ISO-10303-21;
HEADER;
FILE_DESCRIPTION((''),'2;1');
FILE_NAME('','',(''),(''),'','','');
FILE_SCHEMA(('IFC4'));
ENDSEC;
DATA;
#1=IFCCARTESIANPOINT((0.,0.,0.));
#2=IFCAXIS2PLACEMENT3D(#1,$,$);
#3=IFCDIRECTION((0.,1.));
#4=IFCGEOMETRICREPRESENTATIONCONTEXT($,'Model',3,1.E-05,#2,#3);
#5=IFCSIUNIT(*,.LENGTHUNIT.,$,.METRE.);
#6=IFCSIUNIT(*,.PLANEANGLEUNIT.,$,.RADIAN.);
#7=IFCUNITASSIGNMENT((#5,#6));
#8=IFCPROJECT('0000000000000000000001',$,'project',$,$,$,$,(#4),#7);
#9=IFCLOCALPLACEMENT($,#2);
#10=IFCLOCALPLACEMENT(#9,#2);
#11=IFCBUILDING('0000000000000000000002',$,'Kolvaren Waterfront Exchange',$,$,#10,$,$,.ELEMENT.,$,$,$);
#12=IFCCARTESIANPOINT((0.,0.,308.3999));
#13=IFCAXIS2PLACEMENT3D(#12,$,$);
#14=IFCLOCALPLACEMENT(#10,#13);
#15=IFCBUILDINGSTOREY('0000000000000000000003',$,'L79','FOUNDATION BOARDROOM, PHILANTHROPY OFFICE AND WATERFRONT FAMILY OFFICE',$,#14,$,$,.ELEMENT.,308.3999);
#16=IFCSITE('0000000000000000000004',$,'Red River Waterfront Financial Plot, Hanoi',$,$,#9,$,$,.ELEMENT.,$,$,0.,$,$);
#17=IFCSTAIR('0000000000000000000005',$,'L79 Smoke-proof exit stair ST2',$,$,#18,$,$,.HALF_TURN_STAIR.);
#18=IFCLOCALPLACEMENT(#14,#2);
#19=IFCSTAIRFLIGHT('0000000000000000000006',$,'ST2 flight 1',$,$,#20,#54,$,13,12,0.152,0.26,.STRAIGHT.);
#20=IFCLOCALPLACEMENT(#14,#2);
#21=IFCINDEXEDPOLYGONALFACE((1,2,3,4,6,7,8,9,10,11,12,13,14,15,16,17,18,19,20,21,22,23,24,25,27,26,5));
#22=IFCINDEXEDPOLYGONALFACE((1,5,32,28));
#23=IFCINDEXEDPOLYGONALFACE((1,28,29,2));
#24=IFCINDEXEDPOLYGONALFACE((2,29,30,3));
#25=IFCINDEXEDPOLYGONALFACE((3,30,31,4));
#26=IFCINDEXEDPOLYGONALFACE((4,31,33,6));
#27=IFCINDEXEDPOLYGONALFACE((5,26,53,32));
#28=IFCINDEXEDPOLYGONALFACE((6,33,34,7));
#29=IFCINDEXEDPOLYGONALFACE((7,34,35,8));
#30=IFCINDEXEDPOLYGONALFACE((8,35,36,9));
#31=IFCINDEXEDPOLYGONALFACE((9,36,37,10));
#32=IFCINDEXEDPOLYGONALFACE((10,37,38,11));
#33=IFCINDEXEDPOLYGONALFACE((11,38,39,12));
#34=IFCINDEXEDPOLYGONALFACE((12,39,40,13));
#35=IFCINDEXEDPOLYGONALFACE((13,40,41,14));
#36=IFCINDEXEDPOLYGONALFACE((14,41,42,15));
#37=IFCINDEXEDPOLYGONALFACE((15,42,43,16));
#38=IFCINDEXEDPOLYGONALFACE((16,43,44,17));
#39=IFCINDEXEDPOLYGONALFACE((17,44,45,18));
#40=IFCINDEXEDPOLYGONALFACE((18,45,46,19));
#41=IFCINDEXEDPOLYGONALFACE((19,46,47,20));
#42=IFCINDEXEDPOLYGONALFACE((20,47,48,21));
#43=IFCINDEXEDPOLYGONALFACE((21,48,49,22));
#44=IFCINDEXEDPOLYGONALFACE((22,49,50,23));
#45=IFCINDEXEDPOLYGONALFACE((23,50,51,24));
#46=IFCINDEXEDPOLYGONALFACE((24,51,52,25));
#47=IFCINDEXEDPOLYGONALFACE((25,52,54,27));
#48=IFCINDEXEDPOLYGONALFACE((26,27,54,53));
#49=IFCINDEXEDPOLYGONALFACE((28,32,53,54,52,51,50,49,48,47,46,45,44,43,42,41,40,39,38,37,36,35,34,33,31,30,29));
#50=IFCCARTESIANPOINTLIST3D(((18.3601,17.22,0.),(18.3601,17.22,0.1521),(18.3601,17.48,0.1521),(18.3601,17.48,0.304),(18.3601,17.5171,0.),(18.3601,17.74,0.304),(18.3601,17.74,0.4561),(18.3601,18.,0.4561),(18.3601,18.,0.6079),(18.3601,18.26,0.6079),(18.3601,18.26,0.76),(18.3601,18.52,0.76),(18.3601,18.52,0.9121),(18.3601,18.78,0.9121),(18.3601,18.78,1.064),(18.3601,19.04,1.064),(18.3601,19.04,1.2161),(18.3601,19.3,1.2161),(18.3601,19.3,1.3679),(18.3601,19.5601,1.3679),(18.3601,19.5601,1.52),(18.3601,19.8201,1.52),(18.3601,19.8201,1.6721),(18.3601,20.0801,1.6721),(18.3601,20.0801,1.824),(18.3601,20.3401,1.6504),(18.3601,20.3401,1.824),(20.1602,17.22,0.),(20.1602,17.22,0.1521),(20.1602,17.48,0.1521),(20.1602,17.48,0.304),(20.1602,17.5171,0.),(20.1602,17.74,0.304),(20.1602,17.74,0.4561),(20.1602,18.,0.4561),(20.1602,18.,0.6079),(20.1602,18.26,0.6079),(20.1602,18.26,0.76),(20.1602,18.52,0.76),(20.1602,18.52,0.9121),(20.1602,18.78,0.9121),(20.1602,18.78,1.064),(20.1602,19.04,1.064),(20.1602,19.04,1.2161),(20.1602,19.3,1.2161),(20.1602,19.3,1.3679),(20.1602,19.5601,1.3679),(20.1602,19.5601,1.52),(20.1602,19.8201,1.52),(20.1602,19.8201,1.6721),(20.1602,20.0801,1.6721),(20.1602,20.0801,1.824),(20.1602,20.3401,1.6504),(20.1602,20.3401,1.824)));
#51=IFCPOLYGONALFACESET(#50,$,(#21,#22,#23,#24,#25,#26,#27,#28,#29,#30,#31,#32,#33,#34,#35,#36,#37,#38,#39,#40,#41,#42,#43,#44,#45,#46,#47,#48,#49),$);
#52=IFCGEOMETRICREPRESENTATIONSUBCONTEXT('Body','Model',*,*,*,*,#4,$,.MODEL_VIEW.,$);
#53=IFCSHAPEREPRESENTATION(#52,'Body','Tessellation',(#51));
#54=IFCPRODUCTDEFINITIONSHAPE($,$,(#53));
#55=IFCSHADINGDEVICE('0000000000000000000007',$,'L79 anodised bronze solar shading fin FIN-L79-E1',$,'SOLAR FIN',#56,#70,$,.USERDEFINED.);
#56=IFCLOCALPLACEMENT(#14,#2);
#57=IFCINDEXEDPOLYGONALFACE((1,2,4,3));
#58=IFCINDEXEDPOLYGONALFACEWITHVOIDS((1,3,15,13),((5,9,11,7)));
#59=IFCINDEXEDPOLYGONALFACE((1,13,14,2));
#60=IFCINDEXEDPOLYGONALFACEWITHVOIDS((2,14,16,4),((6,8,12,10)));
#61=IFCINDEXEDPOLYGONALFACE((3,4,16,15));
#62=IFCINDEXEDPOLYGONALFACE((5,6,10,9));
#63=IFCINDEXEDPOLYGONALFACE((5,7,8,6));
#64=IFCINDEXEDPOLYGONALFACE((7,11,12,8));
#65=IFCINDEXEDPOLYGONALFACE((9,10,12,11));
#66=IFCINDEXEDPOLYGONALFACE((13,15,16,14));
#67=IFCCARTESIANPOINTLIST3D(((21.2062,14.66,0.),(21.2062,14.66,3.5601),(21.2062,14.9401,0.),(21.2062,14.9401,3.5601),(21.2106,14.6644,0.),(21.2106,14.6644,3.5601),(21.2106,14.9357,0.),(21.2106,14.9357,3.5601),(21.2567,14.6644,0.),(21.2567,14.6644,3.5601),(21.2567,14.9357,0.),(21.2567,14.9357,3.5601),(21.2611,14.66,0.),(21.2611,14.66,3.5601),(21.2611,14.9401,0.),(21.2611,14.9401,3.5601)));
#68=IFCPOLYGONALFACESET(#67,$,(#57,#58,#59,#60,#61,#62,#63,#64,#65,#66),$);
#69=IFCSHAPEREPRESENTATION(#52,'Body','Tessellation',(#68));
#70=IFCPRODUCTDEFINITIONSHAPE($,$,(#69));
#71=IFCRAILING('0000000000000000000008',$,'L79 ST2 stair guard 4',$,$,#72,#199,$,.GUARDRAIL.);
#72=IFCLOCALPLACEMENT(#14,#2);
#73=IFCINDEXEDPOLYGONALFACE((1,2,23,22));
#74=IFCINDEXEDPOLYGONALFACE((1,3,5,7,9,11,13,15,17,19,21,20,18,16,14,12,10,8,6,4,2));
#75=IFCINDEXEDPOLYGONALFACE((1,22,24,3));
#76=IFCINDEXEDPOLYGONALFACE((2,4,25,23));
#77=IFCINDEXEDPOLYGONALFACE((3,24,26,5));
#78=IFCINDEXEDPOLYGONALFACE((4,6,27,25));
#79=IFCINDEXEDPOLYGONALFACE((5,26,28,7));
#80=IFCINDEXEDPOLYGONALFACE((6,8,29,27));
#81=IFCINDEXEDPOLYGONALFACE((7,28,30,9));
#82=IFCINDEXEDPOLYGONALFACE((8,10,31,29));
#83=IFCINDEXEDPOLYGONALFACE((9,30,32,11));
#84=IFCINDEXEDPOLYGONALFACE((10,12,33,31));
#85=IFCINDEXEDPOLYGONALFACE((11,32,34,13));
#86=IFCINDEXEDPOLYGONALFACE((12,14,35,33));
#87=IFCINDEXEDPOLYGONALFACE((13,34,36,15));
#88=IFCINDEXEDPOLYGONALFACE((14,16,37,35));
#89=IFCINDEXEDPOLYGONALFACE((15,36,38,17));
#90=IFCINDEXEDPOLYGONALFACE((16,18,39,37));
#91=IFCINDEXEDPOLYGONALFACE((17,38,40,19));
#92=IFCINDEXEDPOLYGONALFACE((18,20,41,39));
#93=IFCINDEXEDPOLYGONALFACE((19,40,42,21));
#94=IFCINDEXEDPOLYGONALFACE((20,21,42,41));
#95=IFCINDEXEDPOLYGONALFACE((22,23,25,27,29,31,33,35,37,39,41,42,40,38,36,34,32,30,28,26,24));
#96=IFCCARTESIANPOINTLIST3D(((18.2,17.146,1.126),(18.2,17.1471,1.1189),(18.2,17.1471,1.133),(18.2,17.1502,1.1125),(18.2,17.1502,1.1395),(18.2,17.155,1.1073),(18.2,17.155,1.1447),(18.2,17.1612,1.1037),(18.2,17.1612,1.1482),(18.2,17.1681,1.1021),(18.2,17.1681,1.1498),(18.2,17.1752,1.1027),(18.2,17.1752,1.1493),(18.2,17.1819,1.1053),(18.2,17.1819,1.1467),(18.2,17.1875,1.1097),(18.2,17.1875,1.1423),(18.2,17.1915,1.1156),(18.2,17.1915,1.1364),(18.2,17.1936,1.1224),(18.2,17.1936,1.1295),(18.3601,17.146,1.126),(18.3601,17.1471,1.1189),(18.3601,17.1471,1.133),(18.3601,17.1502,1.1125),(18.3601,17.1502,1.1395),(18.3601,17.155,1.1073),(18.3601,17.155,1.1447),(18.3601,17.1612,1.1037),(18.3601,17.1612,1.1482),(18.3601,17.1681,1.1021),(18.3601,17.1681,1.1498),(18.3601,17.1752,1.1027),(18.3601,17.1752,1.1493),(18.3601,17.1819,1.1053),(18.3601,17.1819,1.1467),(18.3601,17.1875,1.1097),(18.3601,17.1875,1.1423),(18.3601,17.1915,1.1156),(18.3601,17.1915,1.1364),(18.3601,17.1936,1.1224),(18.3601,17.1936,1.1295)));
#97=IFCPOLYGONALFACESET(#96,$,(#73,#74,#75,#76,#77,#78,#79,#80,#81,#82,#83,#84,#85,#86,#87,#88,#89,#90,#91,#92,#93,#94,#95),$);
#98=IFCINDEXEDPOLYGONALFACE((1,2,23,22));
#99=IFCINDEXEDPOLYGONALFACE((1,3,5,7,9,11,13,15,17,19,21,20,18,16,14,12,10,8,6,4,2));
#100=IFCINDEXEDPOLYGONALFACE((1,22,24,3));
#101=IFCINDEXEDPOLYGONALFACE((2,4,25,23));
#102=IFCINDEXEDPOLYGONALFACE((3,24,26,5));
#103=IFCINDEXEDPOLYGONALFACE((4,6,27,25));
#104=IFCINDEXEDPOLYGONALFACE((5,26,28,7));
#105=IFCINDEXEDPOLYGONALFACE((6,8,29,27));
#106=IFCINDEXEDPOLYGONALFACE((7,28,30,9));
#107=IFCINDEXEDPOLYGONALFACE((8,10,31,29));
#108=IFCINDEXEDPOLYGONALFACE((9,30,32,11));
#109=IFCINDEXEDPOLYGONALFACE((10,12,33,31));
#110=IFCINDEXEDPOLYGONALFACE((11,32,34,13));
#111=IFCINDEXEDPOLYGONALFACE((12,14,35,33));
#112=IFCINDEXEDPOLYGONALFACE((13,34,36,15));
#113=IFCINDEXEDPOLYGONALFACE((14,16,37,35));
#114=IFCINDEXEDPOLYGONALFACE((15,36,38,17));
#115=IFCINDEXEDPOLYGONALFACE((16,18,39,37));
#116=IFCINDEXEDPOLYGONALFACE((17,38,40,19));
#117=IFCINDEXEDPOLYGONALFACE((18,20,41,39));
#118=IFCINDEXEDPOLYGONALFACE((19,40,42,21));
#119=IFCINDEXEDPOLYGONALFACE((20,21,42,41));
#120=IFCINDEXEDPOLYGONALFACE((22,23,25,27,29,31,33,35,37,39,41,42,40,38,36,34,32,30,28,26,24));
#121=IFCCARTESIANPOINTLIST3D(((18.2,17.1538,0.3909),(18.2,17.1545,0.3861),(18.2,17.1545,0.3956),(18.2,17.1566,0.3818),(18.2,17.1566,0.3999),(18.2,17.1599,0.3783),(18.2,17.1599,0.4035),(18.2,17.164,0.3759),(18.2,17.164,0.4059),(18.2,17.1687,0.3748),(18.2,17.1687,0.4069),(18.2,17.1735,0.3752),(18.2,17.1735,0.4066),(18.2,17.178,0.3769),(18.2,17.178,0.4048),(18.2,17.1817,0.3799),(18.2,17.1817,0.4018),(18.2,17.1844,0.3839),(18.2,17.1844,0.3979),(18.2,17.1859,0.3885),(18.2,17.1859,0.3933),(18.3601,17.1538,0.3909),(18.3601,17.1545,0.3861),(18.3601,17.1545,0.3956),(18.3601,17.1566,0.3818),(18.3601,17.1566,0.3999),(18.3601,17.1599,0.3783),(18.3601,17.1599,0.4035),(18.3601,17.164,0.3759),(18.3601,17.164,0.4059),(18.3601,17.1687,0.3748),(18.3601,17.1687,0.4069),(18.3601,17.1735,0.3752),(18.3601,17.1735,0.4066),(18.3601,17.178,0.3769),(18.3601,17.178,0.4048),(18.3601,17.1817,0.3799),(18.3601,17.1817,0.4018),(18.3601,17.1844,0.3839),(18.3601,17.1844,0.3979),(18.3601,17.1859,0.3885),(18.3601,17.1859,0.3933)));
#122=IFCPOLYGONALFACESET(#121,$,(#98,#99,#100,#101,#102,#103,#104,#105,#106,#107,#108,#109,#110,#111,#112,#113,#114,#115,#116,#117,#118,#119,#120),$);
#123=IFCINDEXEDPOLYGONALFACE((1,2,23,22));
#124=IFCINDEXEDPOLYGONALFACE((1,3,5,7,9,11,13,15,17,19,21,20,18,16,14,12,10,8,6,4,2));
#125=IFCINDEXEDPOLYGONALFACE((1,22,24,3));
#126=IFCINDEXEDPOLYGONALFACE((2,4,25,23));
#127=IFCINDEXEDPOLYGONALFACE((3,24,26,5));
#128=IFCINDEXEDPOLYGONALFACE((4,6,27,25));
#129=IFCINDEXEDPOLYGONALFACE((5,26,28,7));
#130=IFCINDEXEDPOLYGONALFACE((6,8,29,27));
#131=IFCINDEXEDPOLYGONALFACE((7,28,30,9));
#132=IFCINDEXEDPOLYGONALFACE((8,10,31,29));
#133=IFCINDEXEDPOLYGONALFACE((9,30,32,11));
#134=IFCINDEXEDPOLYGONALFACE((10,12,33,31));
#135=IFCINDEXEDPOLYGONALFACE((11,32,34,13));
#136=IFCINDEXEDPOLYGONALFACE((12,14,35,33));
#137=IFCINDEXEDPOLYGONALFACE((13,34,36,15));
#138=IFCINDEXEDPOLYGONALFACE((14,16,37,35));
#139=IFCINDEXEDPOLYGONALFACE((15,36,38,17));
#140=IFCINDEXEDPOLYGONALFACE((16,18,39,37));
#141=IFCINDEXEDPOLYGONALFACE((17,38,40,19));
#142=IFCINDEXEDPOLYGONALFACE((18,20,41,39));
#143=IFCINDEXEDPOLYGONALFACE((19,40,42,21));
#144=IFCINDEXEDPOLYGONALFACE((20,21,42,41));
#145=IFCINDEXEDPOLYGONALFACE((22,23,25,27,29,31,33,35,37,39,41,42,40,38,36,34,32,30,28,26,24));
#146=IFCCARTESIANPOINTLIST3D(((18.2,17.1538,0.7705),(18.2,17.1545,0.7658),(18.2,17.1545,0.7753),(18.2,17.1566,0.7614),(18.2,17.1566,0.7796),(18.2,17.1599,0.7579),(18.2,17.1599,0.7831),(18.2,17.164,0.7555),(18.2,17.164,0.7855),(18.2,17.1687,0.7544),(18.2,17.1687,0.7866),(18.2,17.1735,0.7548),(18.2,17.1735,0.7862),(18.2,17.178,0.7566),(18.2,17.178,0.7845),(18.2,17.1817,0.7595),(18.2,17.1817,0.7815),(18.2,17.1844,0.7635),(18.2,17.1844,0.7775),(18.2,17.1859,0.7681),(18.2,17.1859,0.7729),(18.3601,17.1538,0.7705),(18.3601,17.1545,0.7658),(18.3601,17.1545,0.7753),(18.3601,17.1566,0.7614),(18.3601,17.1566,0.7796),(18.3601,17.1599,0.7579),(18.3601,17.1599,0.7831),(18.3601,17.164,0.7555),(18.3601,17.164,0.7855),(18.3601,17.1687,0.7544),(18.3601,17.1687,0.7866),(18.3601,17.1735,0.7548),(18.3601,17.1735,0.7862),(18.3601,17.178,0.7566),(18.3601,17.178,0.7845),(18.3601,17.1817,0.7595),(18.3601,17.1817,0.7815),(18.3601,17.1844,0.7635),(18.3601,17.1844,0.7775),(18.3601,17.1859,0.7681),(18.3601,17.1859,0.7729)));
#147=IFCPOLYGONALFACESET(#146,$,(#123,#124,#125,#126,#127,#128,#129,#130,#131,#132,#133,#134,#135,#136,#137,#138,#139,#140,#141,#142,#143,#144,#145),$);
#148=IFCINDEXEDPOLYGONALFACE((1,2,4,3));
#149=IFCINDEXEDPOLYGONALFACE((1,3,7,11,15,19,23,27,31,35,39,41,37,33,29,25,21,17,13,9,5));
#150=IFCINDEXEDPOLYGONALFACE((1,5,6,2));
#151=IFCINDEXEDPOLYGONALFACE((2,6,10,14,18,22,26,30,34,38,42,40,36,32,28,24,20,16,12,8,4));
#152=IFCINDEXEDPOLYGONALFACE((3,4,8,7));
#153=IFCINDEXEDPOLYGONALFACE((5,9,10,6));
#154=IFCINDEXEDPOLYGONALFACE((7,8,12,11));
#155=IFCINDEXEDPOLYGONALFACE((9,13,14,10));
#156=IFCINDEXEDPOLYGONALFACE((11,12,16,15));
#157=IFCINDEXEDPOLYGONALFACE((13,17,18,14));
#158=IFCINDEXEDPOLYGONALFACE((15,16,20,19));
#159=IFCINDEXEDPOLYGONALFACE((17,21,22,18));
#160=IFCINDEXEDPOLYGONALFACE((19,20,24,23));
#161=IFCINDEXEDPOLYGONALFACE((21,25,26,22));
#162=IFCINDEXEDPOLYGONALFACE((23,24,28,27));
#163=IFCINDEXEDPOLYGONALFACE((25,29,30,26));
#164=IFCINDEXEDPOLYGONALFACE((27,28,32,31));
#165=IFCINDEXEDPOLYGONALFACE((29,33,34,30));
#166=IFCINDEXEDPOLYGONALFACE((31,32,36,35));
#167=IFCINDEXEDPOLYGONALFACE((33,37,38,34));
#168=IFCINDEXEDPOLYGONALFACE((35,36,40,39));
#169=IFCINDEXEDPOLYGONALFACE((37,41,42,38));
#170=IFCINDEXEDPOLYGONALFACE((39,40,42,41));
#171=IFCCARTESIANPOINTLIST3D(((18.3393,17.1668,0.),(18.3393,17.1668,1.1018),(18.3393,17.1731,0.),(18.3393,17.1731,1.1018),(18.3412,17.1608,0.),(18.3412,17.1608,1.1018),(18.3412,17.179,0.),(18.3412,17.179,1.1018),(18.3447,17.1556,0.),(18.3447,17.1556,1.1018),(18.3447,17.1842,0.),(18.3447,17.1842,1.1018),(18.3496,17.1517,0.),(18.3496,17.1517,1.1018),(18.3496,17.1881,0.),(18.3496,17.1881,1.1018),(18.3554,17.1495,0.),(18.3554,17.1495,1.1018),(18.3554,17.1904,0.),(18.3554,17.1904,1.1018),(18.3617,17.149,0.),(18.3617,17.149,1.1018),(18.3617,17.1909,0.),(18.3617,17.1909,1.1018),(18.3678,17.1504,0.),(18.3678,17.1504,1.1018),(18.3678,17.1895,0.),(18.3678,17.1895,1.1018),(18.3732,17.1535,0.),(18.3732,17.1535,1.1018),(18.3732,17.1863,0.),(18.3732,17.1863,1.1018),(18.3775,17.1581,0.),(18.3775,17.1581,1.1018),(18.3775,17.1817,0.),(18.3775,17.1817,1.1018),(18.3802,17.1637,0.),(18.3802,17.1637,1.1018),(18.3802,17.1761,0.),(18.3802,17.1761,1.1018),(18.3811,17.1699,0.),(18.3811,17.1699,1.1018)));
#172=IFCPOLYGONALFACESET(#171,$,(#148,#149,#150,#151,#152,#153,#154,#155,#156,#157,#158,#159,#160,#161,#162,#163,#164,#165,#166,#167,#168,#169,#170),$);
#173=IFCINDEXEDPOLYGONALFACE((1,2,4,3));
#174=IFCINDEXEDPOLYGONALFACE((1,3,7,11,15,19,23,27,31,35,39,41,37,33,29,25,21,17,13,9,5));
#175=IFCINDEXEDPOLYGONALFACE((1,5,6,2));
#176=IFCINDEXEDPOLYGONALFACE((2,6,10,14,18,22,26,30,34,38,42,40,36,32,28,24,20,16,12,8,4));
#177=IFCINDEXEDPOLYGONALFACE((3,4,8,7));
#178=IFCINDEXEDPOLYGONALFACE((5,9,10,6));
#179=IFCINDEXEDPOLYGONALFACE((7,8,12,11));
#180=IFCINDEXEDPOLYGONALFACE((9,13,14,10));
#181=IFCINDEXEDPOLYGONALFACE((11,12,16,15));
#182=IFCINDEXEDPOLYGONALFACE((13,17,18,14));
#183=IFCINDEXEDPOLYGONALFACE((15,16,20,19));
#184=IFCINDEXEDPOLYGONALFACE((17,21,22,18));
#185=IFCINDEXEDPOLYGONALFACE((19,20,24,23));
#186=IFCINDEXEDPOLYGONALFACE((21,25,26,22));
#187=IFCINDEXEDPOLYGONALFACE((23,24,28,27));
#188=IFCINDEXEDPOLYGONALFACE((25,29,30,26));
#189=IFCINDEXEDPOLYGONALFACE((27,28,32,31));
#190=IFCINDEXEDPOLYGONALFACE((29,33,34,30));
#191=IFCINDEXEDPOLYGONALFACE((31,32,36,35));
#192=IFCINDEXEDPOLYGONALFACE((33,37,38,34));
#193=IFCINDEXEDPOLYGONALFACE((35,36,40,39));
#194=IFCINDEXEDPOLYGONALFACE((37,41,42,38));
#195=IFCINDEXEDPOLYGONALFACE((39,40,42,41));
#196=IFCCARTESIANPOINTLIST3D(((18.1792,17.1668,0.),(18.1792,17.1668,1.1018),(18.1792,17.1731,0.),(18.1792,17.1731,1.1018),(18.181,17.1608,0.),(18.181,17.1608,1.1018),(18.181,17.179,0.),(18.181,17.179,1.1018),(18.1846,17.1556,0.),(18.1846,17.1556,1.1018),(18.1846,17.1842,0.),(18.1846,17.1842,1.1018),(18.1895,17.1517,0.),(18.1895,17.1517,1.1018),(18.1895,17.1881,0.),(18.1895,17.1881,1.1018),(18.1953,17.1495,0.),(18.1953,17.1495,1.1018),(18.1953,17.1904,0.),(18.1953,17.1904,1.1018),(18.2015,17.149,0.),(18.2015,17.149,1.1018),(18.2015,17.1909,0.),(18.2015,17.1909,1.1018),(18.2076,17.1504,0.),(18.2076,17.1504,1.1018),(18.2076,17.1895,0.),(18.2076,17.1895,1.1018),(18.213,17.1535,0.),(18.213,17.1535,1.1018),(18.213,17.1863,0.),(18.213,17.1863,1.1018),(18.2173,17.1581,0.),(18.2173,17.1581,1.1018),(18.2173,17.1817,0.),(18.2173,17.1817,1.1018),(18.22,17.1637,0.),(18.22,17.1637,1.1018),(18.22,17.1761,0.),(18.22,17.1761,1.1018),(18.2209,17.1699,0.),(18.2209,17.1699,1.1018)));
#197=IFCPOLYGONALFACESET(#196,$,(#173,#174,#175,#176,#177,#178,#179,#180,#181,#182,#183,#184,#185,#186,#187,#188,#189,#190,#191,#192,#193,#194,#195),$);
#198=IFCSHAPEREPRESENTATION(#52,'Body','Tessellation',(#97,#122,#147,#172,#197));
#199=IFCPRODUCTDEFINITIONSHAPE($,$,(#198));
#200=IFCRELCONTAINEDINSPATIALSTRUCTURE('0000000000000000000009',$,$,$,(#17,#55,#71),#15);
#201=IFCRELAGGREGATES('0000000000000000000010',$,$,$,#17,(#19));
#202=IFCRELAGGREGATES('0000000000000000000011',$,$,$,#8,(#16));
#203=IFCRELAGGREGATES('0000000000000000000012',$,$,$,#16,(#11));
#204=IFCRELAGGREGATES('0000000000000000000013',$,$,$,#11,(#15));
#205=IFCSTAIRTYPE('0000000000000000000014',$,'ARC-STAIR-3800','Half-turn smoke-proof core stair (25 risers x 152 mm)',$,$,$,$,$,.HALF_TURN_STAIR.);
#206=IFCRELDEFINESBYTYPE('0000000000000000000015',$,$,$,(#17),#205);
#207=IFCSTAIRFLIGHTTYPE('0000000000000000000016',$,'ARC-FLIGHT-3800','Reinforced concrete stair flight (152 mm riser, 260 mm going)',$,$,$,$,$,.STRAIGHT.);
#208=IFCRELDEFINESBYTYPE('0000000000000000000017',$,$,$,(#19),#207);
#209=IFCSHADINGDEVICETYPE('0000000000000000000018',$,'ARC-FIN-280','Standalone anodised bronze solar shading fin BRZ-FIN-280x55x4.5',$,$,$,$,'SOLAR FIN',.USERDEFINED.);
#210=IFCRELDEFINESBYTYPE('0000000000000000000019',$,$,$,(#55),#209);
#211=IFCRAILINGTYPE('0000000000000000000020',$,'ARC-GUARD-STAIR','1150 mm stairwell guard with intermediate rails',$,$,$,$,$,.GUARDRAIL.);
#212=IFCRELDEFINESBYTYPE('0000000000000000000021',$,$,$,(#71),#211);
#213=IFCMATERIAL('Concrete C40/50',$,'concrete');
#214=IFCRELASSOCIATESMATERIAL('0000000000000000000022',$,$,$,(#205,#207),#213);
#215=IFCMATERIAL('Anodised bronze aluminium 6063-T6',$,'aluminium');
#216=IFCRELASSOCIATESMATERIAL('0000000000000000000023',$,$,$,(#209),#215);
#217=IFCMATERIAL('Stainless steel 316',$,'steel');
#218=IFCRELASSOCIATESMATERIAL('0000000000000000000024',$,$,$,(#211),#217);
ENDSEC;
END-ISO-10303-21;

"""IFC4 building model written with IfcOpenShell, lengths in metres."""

from ifc_helpers import new_model, si_unit, direction, frame, origin, origin_2d, place, context, subcontext, project, spatial, polyline, hollow_rectangle, circle, outline, extrude, material, material_profile, profile_set, type_object, element, aggregate, save


model = new_model("IFC4")

# Units and contexts
model_context = context("Model", 3, precision=1e-05, world=origin(), true_north=direction((0.0, 1.0)))
body_context = subcontext(model_context, "Body", "Model", "MODEL_VIEW")
ifc_project = project(units=[si_unit("LENGTHUNIT", "METRE"), si_unit("PLANEANGLEUNIT", "RADIAN")], contexts=[model_context])

# Site, building, storey
site_placement = place(None, origin())
site = spatial("IfcSite", under=ifc_project, at=site_placement, Name="Red River Waterfront Financial Plot, Hanoi", CompositionType="ELEMENT", RefElevation=0.0)
building_placement = place(site_placement, origin())
building = spatial("IfcBuilding", under=site, at=building_placement, Name="Kolvaren Waterfront Exchange", CompositionType="ELEMENT")
storey_placement = place(building_placement, frame((0.0, 0.0, 308.3999)))
storey = spatial("IfcBuildingStorey", under=building, at=storey_placement, Name="L79", Description="FOUNDATION BOARDROOM, PHILANTHROPY OFFICE AND WATERFRONT FAMILY OFFICE", CompositionType="ELEMENT", Elevation=308.3999)

# Shared definitions
ifc_material_1 = material(Name="Concrete C40/50", Category="concrete")

# Stair, stair flight
stair_type = type_object("IfcStairType", Name="ARC-STAIR-3800", Description="Half-turn smoke-proof core stair (25 risers x 152 mm)", PredefinedType="HALF_TURN_STAIR", material=ifc_material_1)
stair_placement = place(storey_placement, origin())
stair = element("IfcStair", 1, at=stair_placement, inside=storey, type_object=stair_type, Name="L79 Smoke-proof exit stair ST2", PredefinedType="HALF_TURN_STAIR")
stair_flight_type = type_object("IfcStairFlightType", Name="ARC-FLIGHT-3800", Description="Reinforced concrete stair flight (152 mm riser, 260 mm going)", PredefinedType="STRAIGHT", material=ifc_material_1)
stair_flight_placement = place(storey_placement, frame((19.26, 17.22, 0.0), z_axis=(0.0, 0.0, 1.0), x_axis=(0.0, 1.0, 0.0)))
stair_flight = element("IfcStairFlight", 2, at=stair_flight_placement, type_object=stair_flight_type, Name="ST2 flight 1", NumberOfRisers=13, NumberOfTreads=12, PredefinedType="STRAIGHT", RiserHeight=0.152, TreadLength=0.26, context=body_context, shape_type="SweptSolid", body=[
    extrude(outline(polyline([(0.0, 0.0), (0.0, 0.1521), (0.26, 0.1521), (0.26, 0.304), (0.52, 0.304), (0.52, 0.4561), (0.78, 0.4561), (0.78, 0.6079), (1.04, 0.6079), (1.04, 0.76), (1.3, 0.76), (1.3, 0.9121), (1.5601, 0.9121), (1.5601, 1.064), (1.8201, 1.064), (1.8201, 1.2161), (2.0801, 1.2161), (2.0801, 1.3679), (2.3401, 1.3679), (2.3401, 1.52), (2.6001, 1.52), (2.6001, 1.6721), (2.8601, 1.6721), (2.8601, 1.824), (3.1201, 1.824), (3.1201, 1.9761), (3.1201, 1.6504), (0.2971, 0.0), (0.0, 0.0)])), frame((0.0, 0.8999, 0.0), z_axis=(0.0, -1.0, 0.0), x_axis=(1.0, 0.0, 0.0)), (0.0, 0.0, 1.0), 1.8),
])
aggregate(stair, [stair_flight])

# Shading device
ifc_material_2 = material(Name="Anodised bronze aluminium 6063-T6", Category="aluminium")
ifc_material_profile_1 = material_profile(ifc_material_2, hollow_rectangle(XDim=0.0549, YDim=0.28, WallThickness=0.0044, at=origin_2d()), Name="BRZ-FIN-280x55x4.5")
ifc_profile_set_1 = profile_set([ifc_material_profile_1], Name="Anodised bronze aluminium 6063-T6")
shading_device_type = type_object("IfcShadingDeviceType", Name="ARC-FIN-280", Description="Standalone anodised bronze solar shading fin BRZ-FIN-280x55x4.5", ElementType="SOLAR FIN", PredefinedType="USERDEFINED", material=ifc_profile_set_1)
shading_device_placement = place(storey_placement, frame((21.2336, 14.8, 0.0), z_axis=(0.0, 0.0, 1.0), x_axis=(1.0, 0.0, 0.0)))
element("IfcShadingDevice", 3, at=shading_device_placement, inside=storey, type_object=shading_device_type, Name="L79 anodised bronze solar shading fin FIN-L79-E1", ObjectType="SOLAR FIN", PredefinedType="USERDEFINED", context=body_context, shape_type="SweptSolid", body=[
    extrude(hollow_rectangle(XDim=0.0549, YDim=0.28, WallThickness=0.0044, at=origin_2d()), origin(), (0.0, 0.0, 1.0), 3.5601),
])

# Railing
ifc_material_3 = material(Name="Stainless steel 316", Category="steel")
railing_type_1 = type_object("IfcRailingType", Name="ARC-GUARD-STAIR", Description="1150 mm stairwell guard with intermediate rails", PredefinedType="GUARDRAIL", material=ifc_material_3)
railing_1_placement = place(storey_placement, frame((18.3601, 17.1699, 0.0)))
element("IfcRailing", 4, at=railing_1_placement, inside=storey, type_object=railing_type_1, Name="L79 ST2 stair guard 4", PredefinedType="GUARDRAIL", context=body_context, shape_type="SweptSolid", body=[
    extrude(circle(Radius=0.0239, at=origin_2d()), frame((0.0, 0.0, 1.126), z_axis=(-1.0, 0.0, 0.0), x_axis=(0.0, -1.0, 0.0)), (0.0, 0.0, 1.0), 0.1602),
    extrude(circle(Radius=0.0161, at=origin_2d()), frame((0.0, 0.0, 0.3909), z_axis=(-1.0, 0.0, 0.0), x_axis=(0.0, -1.0, 0.0)), (0.0, 0.0, 1.0), 0.1602),
    extrude(circle(Radius=0.0161, at=origin_2d()), frame((0.0, 0.0, 0.7705), z_axis=(-1.0, 0.0, 0.0), x_axis=(0.0, -1.0, 0.0)), (0.0, 0.0, 1.0), 0.1602),
    extrude(circle(Radius=0.021, at=origin_2d()), origin(), (0.0, 0.0, 1.0), 1.1018),
    extrude(circle(Radius=0.021, at=origin_2d()), frame((-0.1602, 0.0, 0.0)), (0.0, 0.0, 1.0), 1.1018),
])

save(model, "model.ifc")
